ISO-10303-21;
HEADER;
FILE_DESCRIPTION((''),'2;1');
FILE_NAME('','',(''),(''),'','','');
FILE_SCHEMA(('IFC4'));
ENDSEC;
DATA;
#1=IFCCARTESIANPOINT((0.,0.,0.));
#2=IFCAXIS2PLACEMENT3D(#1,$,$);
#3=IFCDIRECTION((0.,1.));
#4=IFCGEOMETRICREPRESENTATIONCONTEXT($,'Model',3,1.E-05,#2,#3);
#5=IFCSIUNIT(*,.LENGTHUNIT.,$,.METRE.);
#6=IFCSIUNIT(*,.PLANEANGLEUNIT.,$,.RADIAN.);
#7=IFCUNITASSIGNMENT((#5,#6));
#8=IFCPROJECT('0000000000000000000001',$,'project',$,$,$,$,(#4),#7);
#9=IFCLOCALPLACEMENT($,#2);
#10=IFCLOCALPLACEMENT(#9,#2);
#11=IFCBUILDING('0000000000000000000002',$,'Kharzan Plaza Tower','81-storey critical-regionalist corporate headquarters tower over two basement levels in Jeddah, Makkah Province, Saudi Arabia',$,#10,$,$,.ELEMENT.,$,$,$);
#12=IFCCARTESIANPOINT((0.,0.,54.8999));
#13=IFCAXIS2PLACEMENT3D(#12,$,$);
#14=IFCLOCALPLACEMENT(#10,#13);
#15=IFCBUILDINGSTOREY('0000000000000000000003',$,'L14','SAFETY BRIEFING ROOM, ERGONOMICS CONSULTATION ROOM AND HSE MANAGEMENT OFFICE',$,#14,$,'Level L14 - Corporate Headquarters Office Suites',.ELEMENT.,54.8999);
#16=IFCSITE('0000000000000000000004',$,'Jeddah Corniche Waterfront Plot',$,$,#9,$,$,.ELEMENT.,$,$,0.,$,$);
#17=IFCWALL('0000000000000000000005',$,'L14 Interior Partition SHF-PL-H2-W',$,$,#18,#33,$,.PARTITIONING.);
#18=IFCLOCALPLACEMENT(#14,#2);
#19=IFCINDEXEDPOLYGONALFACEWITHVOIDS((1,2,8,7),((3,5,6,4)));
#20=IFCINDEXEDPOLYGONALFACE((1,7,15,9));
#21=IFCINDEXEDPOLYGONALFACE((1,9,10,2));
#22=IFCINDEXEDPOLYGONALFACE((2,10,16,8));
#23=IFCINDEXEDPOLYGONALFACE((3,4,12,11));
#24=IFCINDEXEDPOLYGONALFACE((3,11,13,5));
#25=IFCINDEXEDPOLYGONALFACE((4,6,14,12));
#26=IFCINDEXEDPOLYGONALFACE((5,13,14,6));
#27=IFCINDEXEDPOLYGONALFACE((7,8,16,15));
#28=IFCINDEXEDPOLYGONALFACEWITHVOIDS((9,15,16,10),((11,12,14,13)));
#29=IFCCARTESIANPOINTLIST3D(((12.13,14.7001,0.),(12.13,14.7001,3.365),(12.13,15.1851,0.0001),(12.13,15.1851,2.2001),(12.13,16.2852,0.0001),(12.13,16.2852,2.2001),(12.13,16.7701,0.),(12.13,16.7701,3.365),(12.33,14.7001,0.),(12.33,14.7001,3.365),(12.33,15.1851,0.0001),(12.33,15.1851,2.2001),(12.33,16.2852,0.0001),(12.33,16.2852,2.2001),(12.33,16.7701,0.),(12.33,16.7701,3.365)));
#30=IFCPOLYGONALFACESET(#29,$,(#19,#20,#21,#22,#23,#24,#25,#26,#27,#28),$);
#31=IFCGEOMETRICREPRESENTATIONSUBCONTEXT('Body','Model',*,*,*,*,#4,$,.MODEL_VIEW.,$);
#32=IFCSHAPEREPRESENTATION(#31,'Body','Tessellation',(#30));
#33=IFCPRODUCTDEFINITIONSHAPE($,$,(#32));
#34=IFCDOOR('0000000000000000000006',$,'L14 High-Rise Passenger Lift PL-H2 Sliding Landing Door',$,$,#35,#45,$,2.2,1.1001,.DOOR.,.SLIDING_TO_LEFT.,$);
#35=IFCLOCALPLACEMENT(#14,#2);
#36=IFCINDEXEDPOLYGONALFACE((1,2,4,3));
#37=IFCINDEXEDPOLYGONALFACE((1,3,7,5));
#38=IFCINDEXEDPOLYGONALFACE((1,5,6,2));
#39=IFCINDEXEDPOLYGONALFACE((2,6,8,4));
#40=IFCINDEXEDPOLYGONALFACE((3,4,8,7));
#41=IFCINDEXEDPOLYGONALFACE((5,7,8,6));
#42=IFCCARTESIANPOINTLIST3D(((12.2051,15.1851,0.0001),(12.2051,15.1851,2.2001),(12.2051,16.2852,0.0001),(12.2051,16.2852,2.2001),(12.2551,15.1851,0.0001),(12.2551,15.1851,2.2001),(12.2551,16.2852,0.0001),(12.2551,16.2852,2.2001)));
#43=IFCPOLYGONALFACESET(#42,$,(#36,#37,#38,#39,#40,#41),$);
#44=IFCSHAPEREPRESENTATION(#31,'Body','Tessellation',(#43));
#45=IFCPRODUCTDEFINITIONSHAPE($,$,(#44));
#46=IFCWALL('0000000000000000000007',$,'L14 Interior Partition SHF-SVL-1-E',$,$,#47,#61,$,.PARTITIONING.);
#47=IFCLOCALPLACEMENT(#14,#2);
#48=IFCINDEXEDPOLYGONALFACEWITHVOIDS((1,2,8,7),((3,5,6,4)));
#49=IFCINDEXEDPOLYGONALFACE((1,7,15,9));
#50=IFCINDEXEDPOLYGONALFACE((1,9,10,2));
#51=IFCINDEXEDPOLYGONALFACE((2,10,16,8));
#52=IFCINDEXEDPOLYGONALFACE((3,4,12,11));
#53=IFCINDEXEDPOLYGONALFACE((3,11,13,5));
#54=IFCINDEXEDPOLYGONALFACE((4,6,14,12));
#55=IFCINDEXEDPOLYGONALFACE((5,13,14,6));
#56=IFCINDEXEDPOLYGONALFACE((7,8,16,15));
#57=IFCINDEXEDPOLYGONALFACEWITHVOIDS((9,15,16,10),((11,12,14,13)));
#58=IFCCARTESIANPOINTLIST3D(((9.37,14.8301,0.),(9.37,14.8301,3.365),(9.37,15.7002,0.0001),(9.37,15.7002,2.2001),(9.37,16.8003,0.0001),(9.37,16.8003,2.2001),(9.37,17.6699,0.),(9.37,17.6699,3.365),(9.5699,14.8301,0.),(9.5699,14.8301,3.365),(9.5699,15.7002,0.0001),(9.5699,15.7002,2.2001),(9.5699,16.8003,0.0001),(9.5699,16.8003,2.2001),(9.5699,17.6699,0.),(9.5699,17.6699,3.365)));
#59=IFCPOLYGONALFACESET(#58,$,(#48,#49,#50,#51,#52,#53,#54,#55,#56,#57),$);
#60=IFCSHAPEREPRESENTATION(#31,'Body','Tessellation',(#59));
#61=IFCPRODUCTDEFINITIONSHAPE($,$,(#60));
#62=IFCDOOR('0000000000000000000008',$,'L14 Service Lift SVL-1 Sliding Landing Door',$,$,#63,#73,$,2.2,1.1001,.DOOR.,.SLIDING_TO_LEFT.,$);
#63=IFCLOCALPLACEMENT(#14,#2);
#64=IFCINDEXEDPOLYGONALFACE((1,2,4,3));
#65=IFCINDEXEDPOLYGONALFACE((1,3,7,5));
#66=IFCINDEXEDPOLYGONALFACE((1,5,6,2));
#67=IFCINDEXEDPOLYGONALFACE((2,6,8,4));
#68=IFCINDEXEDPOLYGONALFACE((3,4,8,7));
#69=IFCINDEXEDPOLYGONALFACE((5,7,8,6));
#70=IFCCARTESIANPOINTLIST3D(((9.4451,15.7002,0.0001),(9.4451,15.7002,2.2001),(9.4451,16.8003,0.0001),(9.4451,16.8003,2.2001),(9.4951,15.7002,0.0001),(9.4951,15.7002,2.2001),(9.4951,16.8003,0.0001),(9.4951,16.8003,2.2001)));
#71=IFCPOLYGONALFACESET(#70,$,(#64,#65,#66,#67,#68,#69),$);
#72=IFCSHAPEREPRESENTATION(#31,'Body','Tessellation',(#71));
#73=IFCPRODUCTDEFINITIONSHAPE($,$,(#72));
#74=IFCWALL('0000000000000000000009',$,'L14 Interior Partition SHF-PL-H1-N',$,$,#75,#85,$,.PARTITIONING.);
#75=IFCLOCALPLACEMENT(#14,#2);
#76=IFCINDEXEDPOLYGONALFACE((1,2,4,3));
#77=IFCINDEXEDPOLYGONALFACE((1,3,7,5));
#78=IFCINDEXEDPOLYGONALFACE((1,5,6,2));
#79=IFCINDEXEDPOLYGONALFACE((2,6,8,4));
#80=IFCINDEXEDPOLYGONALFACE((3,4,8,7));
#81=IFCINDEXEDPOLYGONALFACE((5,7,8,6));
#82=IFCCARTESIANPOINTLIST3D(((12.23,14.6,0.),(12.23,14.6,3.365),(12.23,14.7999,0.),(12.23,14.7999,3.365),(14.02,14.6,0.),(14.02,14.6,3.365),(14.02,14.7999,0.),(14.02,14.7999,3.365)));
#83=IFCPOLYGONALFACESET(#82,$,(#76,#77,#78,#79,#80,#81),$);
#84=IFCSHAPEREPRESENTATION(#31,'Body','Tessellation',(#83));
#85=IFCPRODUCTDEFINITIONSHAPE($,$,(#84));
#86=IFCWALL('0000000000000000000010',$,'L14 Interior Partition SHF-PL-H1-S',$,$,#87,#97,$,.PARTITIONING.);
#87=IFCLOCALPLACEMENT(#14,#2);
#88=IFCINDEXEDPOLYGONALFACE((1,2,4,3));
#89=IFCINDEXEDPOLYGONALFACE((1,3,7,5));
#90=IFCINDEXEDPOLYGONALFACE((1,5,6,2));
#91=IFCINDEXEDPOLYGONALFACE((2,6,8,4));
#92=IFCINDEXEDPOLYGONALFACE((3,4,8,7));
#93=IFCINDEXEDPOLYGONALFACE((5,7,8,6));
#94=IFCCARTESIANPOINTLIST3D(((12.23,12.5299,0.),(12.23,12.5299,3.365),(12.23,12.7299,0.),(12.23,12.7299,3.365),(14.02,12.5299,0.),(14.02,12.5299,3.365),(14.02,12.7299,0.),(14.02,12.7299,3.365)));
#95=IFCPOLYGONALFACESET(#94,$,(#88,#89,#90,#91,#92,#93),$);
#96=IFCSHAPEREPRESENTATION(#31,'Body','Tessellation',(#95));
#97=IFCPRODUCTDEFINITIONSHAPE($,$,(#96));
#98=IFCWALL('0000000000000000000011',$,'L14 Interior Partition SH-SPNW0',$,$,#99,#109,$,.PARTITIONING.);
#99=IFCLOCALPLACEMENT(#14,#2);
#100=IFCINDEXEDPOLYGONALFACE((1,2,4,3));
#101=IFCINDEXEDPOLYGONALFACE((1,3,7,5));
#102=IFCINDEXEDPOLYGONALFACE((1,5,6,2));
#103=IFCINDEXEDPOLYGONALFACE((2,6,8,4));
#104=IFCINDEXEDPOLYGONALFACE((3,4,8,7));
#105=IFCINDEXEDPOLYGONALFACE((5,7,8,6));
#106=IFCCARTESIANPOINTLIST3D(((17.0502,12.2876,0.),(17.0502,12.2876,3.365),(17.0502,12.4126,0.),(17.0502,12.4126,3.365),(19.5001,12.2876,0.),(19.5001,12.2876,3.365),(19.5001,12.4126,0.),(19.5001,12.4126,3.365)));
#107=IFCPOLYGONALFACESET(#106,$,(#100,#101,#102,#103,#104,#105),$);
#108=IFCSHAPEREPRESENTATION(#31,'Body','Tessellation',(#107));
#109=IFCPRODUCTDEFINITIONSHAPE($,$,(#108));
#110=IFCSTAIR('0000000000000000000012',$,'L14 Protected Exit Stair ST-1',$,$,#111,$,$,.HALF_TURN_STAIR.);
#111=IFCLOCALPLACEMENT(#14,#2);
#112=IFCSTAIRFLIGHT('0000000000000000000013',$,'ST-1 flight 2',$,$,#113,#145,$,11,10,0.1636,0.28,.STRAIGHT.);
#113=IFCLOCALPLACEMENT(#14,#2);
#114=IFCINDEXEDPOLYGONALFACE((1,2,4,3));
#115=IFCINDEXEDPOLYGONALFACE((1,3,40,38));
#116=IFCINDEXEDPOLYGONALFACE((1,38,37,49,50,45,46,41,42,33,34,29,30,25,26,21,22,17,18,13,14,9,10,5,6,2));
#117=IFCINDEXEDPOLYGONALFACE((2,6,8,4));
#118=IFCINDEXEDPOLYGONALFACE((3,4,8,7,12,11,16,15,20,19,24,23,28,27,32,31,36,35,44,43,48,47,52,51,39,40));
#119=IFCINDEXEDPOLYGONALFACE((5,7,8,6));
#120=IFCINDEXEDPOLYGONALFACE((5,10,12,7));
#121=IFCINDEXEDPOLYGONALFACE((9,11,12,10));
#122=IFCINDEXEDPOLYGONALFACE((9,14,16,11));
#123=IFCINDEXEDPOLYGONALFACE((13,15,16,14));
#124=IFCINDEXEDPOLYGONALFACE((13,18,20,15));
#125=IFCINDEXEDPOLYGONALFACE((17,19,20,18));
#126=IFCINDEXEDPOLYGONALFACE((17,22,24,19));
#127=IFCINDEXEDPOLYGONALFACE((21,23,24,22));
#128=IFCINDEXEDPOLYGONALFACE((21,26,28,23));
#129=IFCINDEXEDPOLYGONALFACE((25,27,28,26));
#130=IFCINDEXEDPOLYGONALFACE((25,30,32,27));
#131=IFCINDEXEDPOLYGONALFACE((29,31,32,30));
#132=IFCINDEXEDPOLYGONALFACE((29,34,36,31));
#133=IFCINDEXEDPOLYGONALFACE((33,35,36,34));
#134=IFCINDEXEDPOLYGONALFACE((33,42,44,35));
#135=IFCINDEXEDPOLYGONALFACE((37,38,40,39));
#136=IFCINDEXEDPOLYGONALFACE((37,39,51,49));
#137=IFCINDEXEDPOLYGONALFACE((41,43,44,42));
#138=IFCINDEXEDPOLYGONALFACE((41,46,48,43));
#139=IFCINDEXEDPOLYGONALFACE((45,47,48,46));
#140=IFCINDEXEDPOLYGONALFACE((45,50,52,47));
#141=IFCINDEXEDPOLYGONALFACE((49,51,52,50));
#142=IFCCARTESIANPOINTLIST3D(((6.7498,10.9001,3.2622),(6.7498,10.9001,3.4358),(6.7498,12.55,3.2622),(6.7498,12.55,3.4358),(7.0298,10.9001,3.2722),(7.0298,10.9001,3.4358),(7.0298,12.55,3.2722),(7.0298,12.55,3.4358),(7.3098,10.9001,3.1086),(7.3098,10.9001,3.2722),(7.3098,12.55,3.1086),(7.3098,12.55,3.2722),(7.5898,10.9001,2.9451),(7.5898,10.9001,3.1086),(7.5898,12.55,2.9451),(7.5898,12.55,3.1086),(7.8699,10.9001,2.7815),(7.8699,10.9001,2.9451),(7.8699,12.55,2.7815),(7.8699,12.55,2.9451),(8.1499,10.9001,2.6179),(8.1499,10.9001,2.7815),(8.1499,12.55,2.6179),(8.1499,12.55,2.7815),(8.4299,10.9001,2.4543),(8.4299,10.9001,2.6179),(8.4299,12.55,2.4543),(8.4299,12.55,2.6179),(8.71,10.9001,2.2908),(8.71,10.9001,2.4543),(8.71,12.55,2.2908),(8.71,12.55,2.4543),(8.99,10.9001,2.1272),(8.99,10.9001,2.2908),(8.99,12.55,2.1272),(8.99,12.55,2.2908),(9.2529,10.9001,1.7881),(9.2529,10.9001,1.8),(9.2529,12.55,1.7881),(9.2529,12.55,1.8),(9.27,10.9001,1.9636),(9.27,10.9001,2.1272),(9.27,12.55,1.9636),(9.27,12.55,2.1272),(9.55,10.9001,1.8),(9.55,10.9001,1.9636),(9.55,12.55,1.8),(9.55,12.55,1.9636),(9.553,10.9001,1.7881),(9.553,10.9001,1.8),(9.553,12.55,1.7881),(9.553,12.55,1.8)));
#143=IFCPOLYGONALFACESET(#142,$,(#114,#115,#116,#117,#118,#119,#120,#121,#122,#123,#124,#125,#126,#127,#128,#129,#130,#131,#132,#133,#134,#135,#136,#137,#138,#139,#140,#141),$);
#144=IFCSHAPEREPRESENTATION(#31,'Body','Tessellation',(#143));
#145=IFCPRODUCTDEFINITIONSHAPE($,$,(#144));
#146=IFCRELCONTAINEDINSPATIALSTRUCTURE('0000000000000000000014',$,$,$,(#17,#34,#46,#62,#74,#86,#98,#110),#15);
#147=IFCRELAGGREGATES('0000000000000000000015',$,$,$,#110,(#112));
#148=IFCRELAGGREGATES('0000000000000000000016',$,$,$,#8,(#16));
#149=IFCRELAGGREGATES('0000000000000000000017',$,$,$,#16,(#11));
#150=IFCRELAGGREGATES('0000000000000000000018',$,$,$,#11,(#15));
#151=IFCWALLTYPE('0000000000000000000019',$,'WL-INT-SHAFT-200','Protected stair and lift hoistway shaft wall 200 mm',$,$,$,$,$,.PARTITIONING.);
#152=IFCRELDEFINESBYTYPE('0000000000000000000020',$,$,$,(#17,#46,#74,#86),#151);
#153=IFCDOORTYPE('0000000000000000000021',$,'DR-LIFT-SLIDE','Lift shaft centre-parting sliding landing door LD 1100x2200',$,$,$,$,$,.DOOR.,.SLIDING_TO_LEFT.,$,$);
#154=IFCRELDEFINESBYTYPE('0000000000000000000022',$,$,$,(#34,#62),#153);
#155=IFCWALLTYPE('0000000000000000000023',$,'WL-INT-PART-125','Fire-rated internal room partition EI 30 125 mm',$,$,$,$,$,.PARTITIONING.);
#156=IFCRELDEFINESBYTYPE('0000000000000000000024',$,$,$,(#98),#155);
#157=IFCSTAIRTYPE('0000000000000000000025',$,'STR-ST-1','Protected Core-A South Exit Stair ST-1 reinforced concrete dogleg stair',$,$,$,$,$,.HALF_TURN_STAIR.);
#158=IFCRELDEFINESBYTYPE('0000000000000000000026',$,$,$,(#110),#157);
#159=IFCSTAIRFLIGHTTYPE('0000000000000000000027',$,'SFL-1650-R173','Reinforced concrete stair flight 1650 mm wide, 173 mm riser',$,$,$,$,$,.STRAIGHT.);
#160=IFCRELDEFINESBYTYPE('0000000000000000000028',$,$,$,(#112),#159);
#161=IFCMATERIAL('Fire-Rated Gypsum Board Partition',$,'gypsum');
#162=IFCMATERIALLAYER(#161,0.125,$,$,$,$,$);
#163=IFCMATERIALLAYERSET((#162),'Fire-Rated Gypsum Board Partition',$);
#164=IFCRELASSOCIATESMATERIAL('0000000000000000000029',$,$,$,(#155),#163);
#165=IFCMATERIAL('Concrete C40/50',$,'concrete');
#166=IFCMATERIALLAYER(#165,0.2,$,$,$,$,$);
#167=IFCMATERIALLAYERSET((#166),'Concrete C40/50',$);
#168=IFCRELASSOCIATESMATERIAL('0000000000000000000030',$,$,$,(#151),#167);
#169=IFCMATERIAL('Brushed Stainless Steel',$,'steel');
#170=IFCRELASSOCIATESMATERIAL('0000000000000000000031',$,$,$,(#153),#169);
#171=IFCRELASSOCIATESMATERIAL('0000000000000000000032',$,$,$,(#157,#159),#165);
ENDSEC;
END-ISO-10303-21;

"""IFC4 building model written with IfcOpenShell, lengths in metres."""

from ifc_helpers import new_model, si_unit, direction, frame, frame_2d, origin, place, context, subcontext, project, spatial, polyline, rectangle, outline, extrude, source, transform, mapped, material, layer, layer_set, type_object, element, fill, aggregate, save


model = new_model("IFC4")

# Units and contexts
model_context = context("Model", 3, precision=1e-05, world=origin(), true_north=direction((0.0, 1.0)))
body_context = subcontext(model_context, "Body", "Model", "MODEL_VIEW")
ifc_project = project(units=[si_unit("LENGTHUNIT", "METRE"), si_unit("PLANEANGLEUNIT", "RADIAN")], contexts=[model_context])

# Site, building, storey
site_placement = place(None, origin())
site = spatial("IfcSite", under=ifc_project, at=site_placement, Name="Jeddah Corniche Waterfront Plot", CompositionType="ELEMENT", RefElevation=0.0)
building_placement = place(site_placement, origin())
building = spatial("IfcBuilding", under=site, at=building_placement, Name="Kharzan Plaza Tower", Description="81-storey critical-regionalist corporate headquarters tower over two basement levels in Jeddah, Makkah Province, Saudi Arabia", CompositionType="ELEMENT")
storey_placement = place(building_placement, frame((0.0, 0.0, 54.8999)))
storey = spatial("IfcBuildingStorey", under=building, at=storey_placement, Name="L14", Description="SAFETY BRIEFING ROOM, ERGONOMICS CONSULTATION ROOM AND HSE MANAGEMENT OFFICE", LongName="Level L14 - Corporate Headquarters Office Suites", CompositionType="ELEMENT", Elevation=54.8999)

# Walls, openings, doors
ifc_material_1 = material(Name="Fire-Rated Gypsum Board Partition", Category="gypsum")
ifc_layer_1 = layer(ifc_material_1, 0.125)
ifc_layer_set_1 = layer_set([ifc_layer_1], Name="Fire-Rated Gypsum Board Partition")
wall_type_1 = type_object("IfcWallType", Name="WL-INT-PART-125", Description="Fire-rated internal room partition EI 30 125 mm", PredefinedType="PARTITIONING", material=ifc_layer_set_1)
ifc_material_2 = material(Name="Concrete C40/50", Category="concrete")
ifc_layer_2 = layer(ifc_material_2, 0.2)
ifc_layer_set_2 = layer_set([ifc_layer_2], Name="Concrete C40/50")
wall_type_2 = type_object("IfcWallType", Name="WL-INT-SHAFT-200", Description="Protected stair and lift hoistway shaft wall 200 mm", PredefinedType="PARTITIONING", material=ifc_layer_set_2)
ifc_material_3 = material(Name="Brushed Stainless Steel", Category="steel")
door_type_1 = type_object("IfcDoorType", Name="DR-LIFT-SLIDE", Description="Lift shaft centre-parting sliding landing door LD 1100x2200", OperationType="SLIDING_TO_LEFT", PredefinedType="DOOR", material=ifc_material_3)
shared_shape_1 = source(origin(), body_context, "Body", "SweptSolid", [
    extrude(rectangle(XDim=1.1001, YDim=2.2, at=frame_2d((0.55, 1.1001))), frame((0.0, 0.0249, 0.0), z_axis=(0.0, -1.0, 0.0), x_axis=(1.0, 0.0, 0.0)), (0.0, 0.0, 1.0), 0.05),
])
wall_1_placement = place(storey_placement, frame((12.23, 14.7, 0.0), z_axis=(0.0, 0.0, 1.0), x_axis=(0.0, 1.0, 0.0)))
wall_1 = element("IfcWall", 1, at=wall_1_placement, inside=storey, type_object=wall_type_2, Name="L14 Interior Partition SHF-PL-H2-W", PredefinedType="PARTITIONING", context=body_context, shape_type="SweptSolid", body=[
    extrude(rectangle(XDim=2.0701, YDim=0.2, at=frame_2d((1.0352, 0.0))), origin(), (0.0, 0.0, 1.0), 3.365),
])
opening_1_placement = place(wall_1_placement, frame((0.4851, 0.0, 0.0)))
opening_1 = element("IfcOpeningElement", 2, at=opening_1_placement, cuts=wall_1, PredefinedType="OPENING", context=body_context, shape_type="SweptSolid", body=[
    extrude(rectangle(XDim=1.1001, YDim=2.2, at=frame_2d((0.55, 1.1001))), frame((0.0, 0.1099, 0.0), z_axis=(0.0, -1.0, 0.0), x_axis=(1.0, 0.0, 0.0)), (0.0, 0.0, 1.0), 0.22),
])
door_1_placement = place(opening_1_placement, origin())
door_1 = element("IfcDoor", 3, at=door_1_placement, inside=storey, type_object=door_type_1, Name="L14 High-Rise Passenger Lift PL-H2 Sliding Landing Door", OperationType="SLIDING_TO_LEFT", OverallHeight=2.2, OverallWidth=1.1001, PredefinedType="DOOR", context=body_context, shape_type="MappedRepresentation", body=[
    mapped(shared_shape_1, transform((0.0, 0.0, 0.0), x_axis=(1.0, 0.0, 0.0), y_axis=(0.0, 1.0, 0.0), z_axis=(0.0, 0.0, 1.0))),
])
fill(opening_1, door_1)
wall_2_placement = place(storey_placement, frame((9.47, 14.8301, 0.0), z_axis=(0.0, 0.0, 1.0), x_axis=(0.0, 1.0, 0.0)))
wall_2 = element("IfcWall", 4, at=wall_2_placement, inside=storey, type_object=wall_type_2, Name="L14 Interior Partition SHF-SVL-1-E", PredefinedType="PARTITIONING", context=body_context, shape_type="SweptSolid", body=[
    extrude(rectangle(XDim=2.8398, YDim=0.2, at=frame_2d((1.4199, 0.0))), origin(), (0.0, 0.0, 1.0), 3.365),
])
opening_2_placement = place(wall_2_placement, frame((0.8701, 0.0, 0.0)))
opening_2 = element("IfcOpeningElement", 5, at=opening_2_placement, cuts=wall_2, PredefinedType="OPENING", context=body_context, shape_type="SweptSolid", body=[
    extrude(rectangle(XDim=1.1001, YDim=2.2, at=frame_2d((0.55, 1.1001))), frame((0.0, 0.1099, 0.0), z_axis=(0.0, -1.0, 0.0), x_axis=(1.0, 0.0, 0.0)), (0.0, 0.0, 1.0), 0.22),
])
door_2_placement = place(opening_2_placement, origin())
door_2 = element("IfcDoor", 6, at=door_2_placement, inside=storey, type_object=door_type_1, Name="L14 Service Lift SVL-1 Sliding Landing Door", OperationType="SLIDING_TO_LEFT", OverallHeight=2.2, OverallWidth=1.1001, PredefinedType="DOOR", context=body_context, shape_type="MappedRepresentation", body=[
    mapped(shared_shape_1, transform((0.0, 0.0, 0.0), x_axis=(1.0, 0.0, 0.0), y_axis=(0.0, 1.0, 0.0), z_axis=(0.0, 0.0, 1.0))),
])
fill(opening_2, door_2)

# Walls
shared_shape_2 = source(origin(), body_context, "Body", "SweptSolid", [
    extrude(rectangle(XDim=1.79, YDim=0.2, at=frame_2d((0.895, 0.0))), origin(), (0.0, 0.0, 1.0), 3.365),
])
for number, where, z_axis, x_axis, name in (
    (7, (12.23, 14.7, 0.0), (0.0, 0.0, 1.0), (1.0, 0.0, 0.0), "L14 Interior Partition SHF-PL-H1-N"),
    (8, (12.23, 12.6299, 0.0), (0.0, 0.0, 1.0), (1.0, 0.0, 0.0), "L14 Interior Partition SHF-PL-H1-S"),
):
    element("IfcWall", number, at=place(storey_placement, frame(where, z_axis=z_axis, x_axis=x_axis)), inside=storey, type_object=wall_type_2, Name=name, PredefinedType="PARTITIONING", context=body_context, shape_type="MappedRepresentation", body=[
        mapped(shared_shape_2, transform((0.0, 0.0, 0.0), x_axis=(1.0, 0.0, 0.0), y_axis=(0.0, 1.0, 0.0), z_axis=(0.0, 0.0, 1.0))),
    ])
shared_shape_3 = source(origin(), body_context, "Body", "SweptSolid", [
    extrude(rectangle(XDim=2.45, YDim=0.125, at=frame_2d((1.2251, 0.0))), origin(), (0.0, 0.0, 1.0), 3.365),
])
wall_3_placement = place(storey_placement, frame((17.05, 12.3501, 0.0), z_axis=(0.0, 0.0, 1.0), x_axis=(1.0, 0.0, 0.0)))
element("IfcWall", 9, at=wall_3_placement, inside=storey, type_object=wall_type_1, Name="L14 Interior Partition SH-SPNW0", PredefinedType="PARTITIONING", context=body_context, shape_type="MappedRepresentation", body=[
    mapped(shared_shape_3, transform((0.0, 0.0, 0.0), x_axis=(1.0, 0.0, 0.0), y_axis=(0.0, 1.0, 0.0), z_axis=(0.0, 0.0, 1.0))),
])

# Stair, stair flight
stair_type = type_object("IfcStairType", Name="STR-ST-1", Description="Protected Core-A South Exit Stair ST-1 reinforced concrete dogleg stair", PredefinedType="HALF_TURN_STAIR", material=ifc_material_2)
stair_placement = place(storey_placement, origin())
stair = element("IfcStair", 10, at=stair_placement, inside=storey, type_object=stair_type, Name="L14 Protected Exit Stair ST-1", PredefinedType="HALF_TURN_STAIR")
stair_flight_type = type_object("IfcStairFlightType", Name="SFL-1650-R173", Description="Reinforced concrete stair flight 1650 mm wide, 173 mm riser", PredefinedType="STRAIGHT", material=ifc_material_2)
shared_shape_4 = source(origin(), body_context, "Body", "SweptSolid", [
    extrude(outline(polyline([(-0.0029, -0.012), (-0.0029, 0.0), (0.0, 0.0), (0.0, 0.1636), (0.28, 0.1636), (0.28, 0.3271), (0.5601, 0.3271), (0.5601, 0.4907), (0.8401, 0.4907), (0.8401, 0.6543), (1.1201, 0.6543), (1.1201, 0.8179), (1.4001, 0.8179), (1.4001, 0.9814), (1.6802, 0.9814), (1.6802, 1.145), (1.9602, 1.145), (1.9602, 1.3086), (2.2402, 1.3086), (2.2402, 1.4722), (2.5203, 1.4722), (2.5203, 1.6357), (2.8003, 1.6357), (2.8003, 1.7993), (2.8003, 1.4622), (0.2971, 0.0), (0.2971, -0.012), (-0.0029, -0.012)])), frame((0.0, 0.825, 0.0), z_axis=(0.0, -1.0, 0.0), x_axis=(1.0, 0.0, 0.0)), (0.0, 0.0, 1.0), 1.6499),
])
stair_flight_placement = place(storey_placement, frame((9.55, 11.7251, 1.8), z_axis=(0.0, 0.0, 1.0), x_axis=(-1.0, 0.0, 0.0)))
stair_flight = element("IfcStairFlight", 11, at=stair_flight_placement, type_object=stair_flight_type, Name="ST-1 flight 2", NumberOfRisers=11, NumberOfTreads=10, PredefinedType="STRAIGHT", RiserHeight=0.1636, TreadLength=0.28, context=body_context, shape_type="MappedRepresentation", body=[
    mapped(shared_shape_4, transform((0.0, 0.0, 0.0), x_axis=(1.0, 0.0, 0.0), y_axis=(0.0, 1.0, 0.0), z_axis=(0.0, 0.0, 1.0))),
])
aggregate(stair, [stair_flight])

save(model, "model.ifc")
